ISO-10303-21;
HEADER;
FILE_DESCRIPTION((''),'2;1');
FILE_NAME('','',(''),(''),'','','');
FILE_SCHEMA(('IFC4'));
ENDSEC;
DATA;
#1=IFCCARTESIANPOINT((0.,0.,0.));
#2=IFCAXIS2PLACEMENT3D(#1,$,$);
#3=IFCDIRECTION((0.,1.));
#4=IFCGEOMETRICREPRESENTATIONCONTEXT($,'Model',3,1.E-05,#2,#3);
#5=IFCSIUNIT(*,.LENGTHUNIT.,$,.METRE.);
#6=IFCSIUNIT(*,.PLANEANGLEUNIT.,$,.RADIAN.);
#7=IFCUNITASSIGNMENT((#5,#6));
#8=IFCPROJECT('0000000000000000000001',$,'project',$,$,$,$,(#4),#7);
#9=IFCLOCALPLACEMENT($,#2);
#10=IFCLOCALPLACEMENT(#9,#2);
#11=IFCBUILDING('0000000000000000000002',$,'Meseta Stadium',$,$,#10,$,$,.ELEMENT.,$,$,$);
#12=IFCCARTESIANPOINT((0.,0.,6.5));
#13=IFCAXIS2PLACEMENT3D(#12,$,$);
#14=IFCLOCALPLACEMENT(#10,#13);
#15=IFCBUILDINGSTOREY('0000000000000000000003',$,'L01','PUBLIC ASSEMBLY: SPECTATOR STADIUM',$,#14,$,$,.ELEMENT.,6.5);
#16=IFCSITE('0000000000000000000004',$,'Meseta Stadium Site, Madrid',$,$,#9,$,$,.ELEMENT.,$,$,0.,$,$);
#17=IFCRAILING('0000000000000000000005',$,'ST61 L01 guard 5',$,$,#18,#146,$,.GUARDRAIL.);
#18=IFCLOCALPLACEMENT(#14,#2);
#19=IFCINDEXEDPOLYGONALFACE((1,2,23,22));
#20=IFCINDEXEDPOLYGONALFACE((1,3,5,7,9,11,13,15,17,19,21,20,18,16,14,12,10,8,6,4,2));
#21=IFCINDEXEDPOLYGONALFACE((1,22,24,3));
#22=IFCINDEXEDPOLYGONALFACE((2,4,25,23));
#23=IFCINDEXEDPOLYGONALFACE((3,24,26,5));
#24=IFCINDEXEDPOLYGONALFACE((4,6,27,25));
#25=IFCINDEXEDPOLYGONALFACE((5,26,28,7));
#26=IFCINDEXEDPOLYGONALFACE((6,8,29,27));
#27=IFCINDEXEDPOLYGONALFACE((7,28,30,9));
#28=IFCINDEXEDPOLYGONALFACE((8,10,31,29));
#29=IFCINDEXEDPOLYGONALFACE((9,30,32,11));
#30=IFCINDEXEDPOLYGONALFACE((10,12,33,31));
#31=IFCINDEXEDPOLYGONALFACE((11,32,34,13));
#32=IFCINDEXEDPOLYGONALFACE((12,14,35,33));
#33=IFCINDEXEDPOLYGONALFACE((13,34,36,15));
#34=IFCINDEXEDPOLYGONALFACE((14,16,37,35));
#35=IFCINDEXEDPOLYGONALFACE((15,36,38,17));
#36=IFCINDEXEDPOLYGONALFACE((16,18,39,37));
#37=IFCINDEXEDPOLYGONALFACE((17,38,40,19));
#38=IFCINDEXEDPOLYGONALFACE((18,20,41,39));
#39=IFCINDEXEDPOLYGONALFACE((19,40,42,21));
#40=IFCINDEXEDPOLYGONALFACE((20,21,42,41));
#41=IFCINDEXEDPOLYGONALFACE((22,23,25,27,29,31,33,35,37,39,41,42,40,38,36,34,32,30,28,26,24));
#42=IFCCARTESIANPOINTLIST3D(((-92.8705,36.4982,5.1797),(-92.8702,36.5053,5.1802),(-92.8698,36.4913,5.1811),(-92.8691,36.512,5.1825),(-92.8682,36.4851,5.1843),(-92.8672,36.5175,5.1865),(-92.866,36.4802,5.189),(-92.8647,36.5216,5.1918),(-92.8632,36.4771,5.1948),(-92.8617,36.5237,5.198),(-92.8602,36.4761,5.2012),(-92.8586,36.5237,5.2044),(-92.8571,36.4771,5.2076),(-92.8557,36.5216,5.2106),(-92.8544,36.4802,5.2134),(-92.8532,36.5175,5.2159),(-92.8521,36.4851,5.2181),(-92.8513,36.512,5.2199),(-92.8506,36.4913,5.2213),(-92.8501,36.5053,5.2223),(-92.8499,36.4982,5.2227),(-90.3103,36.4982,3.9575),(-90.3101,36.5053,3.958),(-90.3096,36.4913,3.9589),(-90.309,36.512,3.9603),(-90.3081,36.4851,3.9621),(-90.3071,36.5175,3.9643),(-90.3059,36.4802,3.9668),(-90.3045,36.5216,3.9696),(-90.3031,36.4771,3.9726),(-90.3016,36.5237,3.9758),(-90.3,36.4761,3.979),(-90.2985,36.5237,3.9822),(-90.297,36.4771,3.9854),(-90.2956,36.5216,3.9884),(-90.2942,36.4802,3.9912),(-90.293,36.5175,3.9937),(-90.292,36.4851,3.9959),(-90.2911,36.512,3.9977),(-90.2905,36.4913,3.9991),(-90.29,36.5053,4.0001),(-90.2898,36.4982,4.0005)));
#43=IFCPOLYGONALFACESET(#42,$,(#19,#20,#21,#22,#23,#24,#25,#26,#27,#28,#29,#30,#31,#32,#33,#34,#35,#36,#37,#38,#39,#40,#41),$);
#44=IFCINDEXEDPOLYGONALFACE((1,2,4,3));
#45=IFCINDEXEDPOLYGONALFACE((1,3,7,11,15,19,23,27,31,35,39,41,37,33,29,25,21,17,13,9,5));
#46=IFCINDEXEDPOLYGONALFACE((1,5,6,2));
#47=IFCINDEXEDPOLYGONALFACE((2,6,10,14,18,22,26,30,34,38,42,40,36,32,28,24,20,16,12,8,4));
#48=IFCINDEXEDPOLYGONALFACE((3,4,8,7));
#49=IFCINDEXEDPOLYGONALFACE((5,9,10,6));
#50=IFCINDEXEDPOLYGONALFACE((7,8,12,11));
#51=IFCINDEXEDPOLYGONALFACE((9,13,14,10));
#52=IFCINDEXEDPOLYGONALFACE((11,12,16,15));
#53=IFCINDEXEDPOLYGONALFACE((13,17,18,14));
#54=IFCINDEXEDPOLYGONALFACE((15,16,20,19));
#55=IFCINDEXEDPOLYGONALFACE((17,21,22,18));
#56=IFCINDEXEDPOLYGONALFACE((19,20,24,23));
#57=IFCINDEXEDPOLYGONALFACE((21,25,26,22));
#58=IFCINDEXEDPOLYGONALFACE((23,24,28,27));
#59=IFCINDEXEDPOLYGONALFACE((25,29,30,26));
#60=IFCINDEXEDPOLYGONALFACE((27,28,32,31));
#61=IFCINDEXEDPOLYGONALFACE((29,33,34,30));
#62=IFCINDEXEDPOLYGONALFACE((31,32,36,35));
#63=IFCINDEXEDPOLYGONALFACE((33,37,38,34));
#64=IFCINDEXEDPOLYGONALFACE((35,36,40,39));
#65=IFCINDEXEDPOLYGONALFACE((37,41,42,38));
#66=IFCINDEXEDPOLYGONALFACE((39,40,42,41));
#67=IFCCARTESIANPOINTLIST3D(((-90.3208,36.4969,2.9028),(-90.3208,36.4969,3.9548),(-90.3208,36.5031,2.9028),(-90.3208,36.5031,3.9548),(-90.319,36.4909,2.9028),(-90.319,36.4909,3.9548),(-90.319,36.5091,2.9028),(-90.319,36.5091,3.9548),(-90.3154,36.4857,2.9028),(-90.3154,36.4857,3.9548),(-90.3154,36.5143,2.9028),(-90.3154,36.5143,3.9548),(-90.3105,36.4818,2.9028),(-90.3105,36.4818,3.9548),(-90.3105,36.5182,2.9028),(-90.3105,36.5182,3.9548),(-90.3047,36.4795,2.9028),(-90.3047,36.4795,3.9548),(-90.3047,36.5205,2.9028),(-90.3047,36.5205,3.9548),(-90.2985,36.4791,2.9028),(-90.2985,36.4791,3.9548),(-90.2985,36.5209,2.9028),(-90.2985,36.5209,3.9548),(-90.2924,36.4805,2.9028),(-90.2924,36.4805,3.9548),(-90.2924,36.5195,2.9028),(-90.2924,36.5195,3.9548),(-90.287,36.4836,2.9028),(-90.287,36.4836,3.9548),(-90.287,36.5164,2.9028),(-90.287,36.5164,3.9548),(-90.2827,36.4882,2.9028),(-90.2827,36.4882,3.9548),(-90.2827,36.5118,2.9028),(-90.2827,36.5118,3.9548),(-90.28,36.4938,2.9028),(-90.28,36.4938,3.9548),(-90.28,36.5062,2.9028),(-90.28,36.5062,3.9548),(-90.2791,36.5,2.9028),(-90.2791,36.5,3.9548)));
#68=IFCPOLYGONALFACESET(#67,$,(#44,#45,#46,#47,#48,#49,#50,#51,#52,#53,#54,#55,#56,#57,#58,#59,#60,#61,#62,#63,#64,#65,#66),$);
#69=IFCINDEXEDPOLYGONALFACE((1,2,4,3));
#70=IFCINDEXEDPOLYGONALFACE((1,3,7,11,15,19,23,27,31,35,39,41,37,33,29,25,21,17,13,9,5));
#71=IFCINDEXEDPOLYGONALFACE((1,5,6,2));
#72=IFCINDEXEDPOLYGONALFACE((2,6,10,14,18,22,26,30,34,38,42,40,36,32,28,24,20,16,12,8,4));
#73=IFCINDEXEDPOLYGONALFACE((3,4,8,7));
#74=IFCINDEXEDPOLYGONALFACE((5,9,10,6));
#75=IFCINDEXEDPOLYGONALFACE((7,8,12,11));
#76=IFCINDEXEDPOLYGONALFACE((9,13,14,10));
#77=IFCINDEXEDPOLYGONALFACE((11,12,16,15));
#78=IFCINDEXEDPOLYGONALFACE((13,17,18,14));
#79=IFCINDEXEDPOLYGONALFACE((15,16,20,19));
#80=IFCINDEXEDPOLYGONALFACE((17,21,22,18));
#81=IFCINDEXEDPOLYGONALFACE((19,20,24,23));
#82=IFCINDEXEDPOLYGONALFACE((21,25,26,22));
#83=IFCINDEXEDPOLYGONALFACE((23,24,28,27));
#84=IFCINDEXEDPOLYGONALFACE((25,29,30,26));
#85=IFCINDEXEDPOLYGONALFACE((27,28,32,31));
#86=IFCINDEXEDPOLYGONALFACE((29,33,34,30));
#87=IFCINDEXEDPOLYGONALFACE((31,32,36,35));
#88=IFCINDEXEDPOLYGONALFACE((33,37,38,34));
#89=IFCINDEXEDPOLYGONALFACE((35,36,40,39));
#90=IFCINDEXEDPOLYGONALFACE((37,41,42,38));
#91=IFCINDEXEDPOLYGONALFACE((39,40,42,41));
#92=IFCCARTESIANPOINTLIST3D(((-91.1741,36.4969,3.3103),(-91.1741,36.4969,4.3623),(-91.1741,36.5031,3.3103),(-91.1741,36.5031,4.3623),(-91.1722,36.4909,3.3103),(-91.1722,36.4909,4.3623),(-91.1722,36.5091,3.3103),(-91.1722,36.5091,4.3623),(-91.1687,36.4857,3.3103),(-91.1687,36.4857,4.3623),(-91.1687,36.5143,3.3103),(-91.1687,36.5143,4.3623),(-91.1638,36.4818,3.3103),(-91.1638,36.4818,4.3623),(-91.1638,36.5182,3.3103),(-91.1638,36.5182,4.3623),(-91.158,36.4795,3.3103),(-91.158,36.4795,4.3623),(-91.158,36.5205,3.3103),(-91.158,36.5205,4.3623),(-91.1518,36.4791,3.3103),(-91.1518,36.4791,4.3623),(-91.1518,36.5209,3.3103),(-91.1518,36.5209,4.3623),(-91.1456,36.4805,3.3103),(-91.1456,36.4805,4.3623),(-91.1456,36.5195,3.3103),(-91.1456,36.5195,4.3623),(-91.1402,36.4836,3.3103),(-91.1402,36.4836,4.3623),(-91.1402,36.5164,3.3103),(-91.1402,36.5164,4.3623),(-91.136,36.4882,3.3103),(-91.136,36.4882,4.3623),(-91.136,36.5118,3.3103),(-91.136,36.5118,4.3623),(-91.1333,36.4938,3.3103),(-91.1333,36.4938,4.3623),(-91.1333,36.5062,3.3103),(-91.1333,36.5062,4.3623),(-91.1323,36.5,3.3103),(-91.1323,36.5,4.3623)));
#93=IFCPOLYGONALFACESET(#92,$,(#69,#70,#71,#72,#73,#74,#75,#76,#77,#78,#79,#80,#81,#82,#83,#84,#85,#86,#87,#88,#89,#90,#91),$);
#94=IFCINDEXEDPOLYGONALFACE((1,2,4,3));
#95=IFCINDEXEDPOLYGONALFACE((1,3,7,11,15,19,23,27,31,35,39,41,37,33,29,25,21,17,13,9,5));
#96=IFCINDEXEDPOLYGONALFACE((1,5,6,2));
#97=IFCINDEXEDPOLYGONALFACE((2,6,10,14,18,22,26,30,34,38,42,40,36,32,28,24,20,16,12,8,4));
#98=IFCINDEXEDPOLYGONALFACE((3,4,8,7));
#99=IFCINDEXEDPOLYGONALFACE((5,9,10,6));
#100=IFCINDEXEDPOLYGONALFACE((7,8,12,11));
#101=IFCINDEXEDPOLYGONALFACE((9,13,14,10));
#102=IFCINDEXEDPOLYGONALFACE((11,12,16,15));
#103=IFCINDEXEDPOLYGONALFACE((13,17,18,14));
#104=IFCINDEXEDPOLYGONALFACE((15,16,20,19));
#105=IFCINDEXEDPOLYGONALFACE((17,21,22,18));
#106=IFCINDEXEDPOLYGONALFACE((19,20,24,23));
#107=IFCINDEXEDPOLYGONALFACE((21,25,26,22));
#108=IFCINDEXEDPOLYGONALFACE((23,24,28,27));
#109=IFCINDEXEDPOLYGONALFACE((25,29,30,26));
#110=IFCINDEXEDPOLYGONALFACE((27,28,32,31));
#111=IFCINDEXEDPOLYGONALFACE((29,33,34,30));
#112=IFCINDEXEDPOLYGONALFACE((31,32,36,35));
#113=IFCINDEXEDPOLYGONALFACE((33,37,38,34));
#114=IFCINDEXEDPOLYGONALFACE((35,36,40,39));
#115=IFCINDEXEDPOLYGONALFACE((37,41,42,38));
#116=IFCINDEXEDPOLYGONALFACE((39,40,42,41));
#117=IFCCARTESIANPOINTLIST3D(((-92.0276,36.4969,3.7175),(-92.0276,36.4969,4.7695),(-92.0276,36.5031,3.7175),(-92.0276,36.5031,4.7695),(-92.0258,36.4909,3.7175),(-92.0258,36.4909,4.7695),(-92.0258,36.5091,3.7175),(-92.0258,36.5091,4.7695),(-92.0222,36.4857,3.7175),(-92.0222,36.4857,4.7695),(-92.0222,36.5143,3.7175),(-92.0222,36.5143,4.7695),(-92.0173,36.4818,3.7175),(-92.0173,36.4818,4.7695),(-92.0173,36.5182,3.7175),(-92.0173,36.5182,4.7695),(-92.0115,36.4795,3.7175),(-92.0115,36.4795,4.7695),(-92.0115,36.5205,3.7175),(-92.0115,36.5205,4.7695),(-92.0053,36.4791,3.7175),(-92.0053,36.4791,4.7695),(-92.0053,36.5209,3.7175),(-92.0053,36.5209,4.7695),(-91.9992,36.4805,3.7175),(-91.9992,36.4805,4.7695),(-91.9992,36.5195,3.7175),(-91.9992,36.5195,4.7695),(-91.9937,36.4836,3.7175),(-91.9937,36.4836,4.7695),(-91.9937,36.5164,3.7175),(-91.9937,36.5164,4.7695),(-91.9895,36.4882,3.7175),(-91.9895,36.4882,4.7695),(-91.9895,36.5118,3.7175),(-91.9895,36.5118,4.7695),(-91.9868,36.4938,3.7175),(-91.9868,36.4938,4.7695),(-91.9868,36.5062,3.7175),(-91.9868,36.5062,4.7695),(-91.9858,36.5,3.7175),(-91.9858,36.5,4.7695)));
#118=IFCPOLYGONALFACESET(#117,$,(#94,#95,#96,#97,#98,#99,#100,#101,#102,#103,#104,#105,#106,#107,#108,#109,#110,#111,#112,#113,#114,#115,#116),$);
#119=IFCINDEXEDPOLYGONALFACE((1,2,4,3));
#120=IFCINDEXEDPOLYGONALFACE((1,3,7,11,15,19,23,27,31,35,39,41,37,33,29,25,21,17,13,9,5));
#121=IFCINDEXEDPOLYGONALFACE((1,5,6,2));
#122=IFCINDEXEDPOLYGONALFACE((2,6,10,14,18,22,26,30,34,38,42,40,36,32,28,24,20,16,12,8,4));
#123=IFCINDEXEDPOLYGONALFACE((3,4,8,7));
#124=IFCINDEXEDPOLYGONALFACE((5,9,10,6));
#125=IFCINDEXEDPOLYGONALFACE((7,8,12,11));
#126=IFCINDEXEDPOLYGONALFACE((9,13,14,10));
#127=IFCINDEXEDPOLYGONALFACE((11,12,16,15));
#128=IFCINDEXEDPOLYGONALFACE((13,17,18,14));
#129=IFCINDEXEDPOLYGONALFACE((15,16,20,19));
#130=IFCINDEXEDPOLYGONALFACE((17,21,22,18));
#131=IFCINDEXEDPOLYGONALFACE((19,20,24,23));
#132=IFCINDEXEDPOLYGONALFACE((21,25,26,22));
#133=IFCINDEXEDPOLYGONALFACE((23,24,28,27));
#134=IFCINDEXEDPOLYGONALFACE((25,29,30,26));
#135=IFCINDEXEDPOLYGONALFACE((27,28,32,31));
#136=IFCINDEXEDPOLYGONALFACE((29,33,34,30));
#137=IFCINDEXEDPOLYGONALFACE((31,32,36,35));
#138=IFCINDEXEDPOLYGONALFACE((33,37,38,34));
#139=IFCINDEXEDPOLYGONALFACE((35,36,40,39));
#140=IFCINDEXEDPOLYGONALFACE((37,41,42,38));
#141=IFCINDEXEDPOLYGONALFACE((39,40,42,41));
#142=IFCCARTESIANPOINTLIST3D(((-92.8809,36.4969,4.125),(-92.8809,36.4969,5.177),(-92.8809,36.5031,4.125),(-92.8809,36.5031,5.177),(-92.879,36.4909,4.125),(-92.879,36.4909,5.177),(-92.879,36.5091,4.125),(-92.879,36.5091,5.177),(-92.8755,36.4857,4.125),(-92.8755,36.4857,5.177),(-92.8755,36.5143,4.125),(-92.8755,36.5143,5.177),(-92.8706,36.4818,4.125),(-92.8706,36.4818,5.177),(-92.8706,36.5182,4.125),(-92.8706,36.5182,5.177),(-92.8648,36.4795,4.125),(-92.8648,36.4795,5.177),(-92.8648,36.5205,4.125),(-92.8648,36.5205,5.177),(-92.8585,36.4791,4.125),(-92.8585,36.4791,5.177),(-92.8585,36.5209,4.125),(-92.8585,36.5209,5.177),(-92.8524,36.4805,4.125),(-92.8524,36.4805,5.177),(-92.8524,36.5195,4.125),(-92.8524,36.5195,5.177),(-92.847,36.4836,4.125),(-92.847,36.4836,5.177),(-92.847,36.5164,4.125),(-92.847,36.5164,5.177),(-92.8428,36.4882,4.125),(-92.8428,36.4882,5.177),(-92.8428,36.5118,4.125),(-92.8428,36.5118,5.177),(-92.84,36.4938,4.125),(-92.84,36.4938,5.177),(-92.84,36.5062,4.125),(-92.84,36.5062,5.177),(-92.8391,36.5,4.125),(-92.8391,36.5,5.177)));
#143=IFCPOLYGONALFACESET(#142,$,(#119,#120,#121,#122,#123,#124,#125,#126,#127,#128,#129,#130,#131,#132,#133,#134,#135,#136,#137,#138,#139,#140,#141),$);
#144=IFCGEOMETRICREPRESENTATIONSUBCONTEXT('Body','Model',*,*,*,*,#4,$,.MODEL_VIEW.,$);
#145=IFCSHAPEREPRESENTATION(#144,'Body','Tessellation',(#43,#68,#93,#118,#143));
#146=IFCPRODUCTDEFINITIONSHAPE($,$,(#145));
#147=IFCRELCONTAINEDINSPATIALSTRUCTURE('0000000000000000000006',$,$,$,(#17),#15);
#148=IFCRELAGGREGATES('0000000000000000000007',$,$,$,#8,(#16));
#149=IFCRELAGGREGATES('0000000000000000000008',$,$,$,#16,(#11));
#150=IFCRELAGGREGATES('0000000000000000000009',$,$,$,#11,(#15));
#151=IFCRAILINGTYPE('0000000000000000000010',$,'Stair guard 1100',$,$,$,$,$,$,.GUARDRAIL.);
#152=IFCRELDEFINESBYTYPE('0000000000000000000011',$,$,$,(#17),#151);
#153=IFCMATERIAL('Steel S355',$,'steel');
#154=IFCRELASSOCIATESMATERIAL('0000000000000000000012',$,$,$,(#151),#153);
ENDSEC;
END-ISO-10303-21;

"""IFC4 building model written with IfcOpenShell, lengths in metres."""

from ifc_helpers import new_model, si_unit, direction, frame, origin, origin_2d, place, context, subcontext, project, spatial, circle, extrude, material, type_object, element, save


model = new_model("IFC4")

# Units and contexts
model_context = context("Model", 3, precision=1e-05, world=origin(), true_north=direction((0.0, 1.0)))
body_context = subcontext(model_context, "Body", "Model", "MODEL_VIEW")
ifc_project = project(units=[si_unit("LENGTHUNIT", "METRE"), si_unit("PLANEANGLEUNIT", "RADIAN")], contexts=[model_context])

# Site, building, storey
site_placement = place(None, origin())
site = spatial("IfcSite", under=ifc_project, at=site_placement, Name="Meseta Stadium Site, Madrid", CompositionType="ELEMENT", RefElevation=0.0)
building_placement = place(site_placement, origin())
building = spatial("IfcBuilding", under=site, at=building_placement, Name="Meseta Stadium", CompositionType="ELEMENT")
storey_placement = place(building_placement, frame((0.0, 0.0, 6.5)))
storey = spatial("IfcBuildingStorey", under=building, at=storey_placement, Name="L01", Description="PUBLIC ASSEMBLY: SPECTATOR STADIUM", CompositionType="ELEMENT", Elevation=6.5)

# Railing
ifc_material_1 = material(Name="Steel S355", Category="steel")
railing_type_1 = type_object("IfcRailingType", Name="Stair guard 1100", PredefinedType="GUARDRAIL", material=ifc_material_1)
railing_1_placement = place(storey_placement, frame((-90.3, 36.5, 2.9028)))
element("IfcRailing", 1, at=railing_1_placement, inside=storey, type_object=railing_type_1, Name="ST61 L01 guard 5", PredefinedType="GUARDRAIL", context=body_context, shape_type="SweptSolid", body=[
    extrude(circle(Radius=0.0239, at=origin_2d()), frame((0.0, 0.0, 1.0762), z_axis=(-0.902437, 0.0, 0.430822), x_axis=(0.0, -1.0, 0.0)), (0.0, 0.0, 1.0), 2.8369),
    extrude(circle(Radius=0.021, at=origin_2d()), origin(), (0.0, 0.0, 1.0), 1.052),
    extrude(circle(Radius=0.021, at=origin_2d()), frame((-0.8533, 0.0, 0.4075)), (0.0, 0.0, 1.0), 1.052),
    extrude(circle(Radius=0.021, at=origin_2d()), frame((-1.7068, 0.0, 0.8147)), (0.0, 0.0, 1.0), 1.052),
    extrude(circle(Radius=0.021, at=origin_2d()), frame((-2.5601, 0.0, 1.2222)), (0.0, 0.0, 1.0), 1.052),
])

save(model, "model.ifc")
